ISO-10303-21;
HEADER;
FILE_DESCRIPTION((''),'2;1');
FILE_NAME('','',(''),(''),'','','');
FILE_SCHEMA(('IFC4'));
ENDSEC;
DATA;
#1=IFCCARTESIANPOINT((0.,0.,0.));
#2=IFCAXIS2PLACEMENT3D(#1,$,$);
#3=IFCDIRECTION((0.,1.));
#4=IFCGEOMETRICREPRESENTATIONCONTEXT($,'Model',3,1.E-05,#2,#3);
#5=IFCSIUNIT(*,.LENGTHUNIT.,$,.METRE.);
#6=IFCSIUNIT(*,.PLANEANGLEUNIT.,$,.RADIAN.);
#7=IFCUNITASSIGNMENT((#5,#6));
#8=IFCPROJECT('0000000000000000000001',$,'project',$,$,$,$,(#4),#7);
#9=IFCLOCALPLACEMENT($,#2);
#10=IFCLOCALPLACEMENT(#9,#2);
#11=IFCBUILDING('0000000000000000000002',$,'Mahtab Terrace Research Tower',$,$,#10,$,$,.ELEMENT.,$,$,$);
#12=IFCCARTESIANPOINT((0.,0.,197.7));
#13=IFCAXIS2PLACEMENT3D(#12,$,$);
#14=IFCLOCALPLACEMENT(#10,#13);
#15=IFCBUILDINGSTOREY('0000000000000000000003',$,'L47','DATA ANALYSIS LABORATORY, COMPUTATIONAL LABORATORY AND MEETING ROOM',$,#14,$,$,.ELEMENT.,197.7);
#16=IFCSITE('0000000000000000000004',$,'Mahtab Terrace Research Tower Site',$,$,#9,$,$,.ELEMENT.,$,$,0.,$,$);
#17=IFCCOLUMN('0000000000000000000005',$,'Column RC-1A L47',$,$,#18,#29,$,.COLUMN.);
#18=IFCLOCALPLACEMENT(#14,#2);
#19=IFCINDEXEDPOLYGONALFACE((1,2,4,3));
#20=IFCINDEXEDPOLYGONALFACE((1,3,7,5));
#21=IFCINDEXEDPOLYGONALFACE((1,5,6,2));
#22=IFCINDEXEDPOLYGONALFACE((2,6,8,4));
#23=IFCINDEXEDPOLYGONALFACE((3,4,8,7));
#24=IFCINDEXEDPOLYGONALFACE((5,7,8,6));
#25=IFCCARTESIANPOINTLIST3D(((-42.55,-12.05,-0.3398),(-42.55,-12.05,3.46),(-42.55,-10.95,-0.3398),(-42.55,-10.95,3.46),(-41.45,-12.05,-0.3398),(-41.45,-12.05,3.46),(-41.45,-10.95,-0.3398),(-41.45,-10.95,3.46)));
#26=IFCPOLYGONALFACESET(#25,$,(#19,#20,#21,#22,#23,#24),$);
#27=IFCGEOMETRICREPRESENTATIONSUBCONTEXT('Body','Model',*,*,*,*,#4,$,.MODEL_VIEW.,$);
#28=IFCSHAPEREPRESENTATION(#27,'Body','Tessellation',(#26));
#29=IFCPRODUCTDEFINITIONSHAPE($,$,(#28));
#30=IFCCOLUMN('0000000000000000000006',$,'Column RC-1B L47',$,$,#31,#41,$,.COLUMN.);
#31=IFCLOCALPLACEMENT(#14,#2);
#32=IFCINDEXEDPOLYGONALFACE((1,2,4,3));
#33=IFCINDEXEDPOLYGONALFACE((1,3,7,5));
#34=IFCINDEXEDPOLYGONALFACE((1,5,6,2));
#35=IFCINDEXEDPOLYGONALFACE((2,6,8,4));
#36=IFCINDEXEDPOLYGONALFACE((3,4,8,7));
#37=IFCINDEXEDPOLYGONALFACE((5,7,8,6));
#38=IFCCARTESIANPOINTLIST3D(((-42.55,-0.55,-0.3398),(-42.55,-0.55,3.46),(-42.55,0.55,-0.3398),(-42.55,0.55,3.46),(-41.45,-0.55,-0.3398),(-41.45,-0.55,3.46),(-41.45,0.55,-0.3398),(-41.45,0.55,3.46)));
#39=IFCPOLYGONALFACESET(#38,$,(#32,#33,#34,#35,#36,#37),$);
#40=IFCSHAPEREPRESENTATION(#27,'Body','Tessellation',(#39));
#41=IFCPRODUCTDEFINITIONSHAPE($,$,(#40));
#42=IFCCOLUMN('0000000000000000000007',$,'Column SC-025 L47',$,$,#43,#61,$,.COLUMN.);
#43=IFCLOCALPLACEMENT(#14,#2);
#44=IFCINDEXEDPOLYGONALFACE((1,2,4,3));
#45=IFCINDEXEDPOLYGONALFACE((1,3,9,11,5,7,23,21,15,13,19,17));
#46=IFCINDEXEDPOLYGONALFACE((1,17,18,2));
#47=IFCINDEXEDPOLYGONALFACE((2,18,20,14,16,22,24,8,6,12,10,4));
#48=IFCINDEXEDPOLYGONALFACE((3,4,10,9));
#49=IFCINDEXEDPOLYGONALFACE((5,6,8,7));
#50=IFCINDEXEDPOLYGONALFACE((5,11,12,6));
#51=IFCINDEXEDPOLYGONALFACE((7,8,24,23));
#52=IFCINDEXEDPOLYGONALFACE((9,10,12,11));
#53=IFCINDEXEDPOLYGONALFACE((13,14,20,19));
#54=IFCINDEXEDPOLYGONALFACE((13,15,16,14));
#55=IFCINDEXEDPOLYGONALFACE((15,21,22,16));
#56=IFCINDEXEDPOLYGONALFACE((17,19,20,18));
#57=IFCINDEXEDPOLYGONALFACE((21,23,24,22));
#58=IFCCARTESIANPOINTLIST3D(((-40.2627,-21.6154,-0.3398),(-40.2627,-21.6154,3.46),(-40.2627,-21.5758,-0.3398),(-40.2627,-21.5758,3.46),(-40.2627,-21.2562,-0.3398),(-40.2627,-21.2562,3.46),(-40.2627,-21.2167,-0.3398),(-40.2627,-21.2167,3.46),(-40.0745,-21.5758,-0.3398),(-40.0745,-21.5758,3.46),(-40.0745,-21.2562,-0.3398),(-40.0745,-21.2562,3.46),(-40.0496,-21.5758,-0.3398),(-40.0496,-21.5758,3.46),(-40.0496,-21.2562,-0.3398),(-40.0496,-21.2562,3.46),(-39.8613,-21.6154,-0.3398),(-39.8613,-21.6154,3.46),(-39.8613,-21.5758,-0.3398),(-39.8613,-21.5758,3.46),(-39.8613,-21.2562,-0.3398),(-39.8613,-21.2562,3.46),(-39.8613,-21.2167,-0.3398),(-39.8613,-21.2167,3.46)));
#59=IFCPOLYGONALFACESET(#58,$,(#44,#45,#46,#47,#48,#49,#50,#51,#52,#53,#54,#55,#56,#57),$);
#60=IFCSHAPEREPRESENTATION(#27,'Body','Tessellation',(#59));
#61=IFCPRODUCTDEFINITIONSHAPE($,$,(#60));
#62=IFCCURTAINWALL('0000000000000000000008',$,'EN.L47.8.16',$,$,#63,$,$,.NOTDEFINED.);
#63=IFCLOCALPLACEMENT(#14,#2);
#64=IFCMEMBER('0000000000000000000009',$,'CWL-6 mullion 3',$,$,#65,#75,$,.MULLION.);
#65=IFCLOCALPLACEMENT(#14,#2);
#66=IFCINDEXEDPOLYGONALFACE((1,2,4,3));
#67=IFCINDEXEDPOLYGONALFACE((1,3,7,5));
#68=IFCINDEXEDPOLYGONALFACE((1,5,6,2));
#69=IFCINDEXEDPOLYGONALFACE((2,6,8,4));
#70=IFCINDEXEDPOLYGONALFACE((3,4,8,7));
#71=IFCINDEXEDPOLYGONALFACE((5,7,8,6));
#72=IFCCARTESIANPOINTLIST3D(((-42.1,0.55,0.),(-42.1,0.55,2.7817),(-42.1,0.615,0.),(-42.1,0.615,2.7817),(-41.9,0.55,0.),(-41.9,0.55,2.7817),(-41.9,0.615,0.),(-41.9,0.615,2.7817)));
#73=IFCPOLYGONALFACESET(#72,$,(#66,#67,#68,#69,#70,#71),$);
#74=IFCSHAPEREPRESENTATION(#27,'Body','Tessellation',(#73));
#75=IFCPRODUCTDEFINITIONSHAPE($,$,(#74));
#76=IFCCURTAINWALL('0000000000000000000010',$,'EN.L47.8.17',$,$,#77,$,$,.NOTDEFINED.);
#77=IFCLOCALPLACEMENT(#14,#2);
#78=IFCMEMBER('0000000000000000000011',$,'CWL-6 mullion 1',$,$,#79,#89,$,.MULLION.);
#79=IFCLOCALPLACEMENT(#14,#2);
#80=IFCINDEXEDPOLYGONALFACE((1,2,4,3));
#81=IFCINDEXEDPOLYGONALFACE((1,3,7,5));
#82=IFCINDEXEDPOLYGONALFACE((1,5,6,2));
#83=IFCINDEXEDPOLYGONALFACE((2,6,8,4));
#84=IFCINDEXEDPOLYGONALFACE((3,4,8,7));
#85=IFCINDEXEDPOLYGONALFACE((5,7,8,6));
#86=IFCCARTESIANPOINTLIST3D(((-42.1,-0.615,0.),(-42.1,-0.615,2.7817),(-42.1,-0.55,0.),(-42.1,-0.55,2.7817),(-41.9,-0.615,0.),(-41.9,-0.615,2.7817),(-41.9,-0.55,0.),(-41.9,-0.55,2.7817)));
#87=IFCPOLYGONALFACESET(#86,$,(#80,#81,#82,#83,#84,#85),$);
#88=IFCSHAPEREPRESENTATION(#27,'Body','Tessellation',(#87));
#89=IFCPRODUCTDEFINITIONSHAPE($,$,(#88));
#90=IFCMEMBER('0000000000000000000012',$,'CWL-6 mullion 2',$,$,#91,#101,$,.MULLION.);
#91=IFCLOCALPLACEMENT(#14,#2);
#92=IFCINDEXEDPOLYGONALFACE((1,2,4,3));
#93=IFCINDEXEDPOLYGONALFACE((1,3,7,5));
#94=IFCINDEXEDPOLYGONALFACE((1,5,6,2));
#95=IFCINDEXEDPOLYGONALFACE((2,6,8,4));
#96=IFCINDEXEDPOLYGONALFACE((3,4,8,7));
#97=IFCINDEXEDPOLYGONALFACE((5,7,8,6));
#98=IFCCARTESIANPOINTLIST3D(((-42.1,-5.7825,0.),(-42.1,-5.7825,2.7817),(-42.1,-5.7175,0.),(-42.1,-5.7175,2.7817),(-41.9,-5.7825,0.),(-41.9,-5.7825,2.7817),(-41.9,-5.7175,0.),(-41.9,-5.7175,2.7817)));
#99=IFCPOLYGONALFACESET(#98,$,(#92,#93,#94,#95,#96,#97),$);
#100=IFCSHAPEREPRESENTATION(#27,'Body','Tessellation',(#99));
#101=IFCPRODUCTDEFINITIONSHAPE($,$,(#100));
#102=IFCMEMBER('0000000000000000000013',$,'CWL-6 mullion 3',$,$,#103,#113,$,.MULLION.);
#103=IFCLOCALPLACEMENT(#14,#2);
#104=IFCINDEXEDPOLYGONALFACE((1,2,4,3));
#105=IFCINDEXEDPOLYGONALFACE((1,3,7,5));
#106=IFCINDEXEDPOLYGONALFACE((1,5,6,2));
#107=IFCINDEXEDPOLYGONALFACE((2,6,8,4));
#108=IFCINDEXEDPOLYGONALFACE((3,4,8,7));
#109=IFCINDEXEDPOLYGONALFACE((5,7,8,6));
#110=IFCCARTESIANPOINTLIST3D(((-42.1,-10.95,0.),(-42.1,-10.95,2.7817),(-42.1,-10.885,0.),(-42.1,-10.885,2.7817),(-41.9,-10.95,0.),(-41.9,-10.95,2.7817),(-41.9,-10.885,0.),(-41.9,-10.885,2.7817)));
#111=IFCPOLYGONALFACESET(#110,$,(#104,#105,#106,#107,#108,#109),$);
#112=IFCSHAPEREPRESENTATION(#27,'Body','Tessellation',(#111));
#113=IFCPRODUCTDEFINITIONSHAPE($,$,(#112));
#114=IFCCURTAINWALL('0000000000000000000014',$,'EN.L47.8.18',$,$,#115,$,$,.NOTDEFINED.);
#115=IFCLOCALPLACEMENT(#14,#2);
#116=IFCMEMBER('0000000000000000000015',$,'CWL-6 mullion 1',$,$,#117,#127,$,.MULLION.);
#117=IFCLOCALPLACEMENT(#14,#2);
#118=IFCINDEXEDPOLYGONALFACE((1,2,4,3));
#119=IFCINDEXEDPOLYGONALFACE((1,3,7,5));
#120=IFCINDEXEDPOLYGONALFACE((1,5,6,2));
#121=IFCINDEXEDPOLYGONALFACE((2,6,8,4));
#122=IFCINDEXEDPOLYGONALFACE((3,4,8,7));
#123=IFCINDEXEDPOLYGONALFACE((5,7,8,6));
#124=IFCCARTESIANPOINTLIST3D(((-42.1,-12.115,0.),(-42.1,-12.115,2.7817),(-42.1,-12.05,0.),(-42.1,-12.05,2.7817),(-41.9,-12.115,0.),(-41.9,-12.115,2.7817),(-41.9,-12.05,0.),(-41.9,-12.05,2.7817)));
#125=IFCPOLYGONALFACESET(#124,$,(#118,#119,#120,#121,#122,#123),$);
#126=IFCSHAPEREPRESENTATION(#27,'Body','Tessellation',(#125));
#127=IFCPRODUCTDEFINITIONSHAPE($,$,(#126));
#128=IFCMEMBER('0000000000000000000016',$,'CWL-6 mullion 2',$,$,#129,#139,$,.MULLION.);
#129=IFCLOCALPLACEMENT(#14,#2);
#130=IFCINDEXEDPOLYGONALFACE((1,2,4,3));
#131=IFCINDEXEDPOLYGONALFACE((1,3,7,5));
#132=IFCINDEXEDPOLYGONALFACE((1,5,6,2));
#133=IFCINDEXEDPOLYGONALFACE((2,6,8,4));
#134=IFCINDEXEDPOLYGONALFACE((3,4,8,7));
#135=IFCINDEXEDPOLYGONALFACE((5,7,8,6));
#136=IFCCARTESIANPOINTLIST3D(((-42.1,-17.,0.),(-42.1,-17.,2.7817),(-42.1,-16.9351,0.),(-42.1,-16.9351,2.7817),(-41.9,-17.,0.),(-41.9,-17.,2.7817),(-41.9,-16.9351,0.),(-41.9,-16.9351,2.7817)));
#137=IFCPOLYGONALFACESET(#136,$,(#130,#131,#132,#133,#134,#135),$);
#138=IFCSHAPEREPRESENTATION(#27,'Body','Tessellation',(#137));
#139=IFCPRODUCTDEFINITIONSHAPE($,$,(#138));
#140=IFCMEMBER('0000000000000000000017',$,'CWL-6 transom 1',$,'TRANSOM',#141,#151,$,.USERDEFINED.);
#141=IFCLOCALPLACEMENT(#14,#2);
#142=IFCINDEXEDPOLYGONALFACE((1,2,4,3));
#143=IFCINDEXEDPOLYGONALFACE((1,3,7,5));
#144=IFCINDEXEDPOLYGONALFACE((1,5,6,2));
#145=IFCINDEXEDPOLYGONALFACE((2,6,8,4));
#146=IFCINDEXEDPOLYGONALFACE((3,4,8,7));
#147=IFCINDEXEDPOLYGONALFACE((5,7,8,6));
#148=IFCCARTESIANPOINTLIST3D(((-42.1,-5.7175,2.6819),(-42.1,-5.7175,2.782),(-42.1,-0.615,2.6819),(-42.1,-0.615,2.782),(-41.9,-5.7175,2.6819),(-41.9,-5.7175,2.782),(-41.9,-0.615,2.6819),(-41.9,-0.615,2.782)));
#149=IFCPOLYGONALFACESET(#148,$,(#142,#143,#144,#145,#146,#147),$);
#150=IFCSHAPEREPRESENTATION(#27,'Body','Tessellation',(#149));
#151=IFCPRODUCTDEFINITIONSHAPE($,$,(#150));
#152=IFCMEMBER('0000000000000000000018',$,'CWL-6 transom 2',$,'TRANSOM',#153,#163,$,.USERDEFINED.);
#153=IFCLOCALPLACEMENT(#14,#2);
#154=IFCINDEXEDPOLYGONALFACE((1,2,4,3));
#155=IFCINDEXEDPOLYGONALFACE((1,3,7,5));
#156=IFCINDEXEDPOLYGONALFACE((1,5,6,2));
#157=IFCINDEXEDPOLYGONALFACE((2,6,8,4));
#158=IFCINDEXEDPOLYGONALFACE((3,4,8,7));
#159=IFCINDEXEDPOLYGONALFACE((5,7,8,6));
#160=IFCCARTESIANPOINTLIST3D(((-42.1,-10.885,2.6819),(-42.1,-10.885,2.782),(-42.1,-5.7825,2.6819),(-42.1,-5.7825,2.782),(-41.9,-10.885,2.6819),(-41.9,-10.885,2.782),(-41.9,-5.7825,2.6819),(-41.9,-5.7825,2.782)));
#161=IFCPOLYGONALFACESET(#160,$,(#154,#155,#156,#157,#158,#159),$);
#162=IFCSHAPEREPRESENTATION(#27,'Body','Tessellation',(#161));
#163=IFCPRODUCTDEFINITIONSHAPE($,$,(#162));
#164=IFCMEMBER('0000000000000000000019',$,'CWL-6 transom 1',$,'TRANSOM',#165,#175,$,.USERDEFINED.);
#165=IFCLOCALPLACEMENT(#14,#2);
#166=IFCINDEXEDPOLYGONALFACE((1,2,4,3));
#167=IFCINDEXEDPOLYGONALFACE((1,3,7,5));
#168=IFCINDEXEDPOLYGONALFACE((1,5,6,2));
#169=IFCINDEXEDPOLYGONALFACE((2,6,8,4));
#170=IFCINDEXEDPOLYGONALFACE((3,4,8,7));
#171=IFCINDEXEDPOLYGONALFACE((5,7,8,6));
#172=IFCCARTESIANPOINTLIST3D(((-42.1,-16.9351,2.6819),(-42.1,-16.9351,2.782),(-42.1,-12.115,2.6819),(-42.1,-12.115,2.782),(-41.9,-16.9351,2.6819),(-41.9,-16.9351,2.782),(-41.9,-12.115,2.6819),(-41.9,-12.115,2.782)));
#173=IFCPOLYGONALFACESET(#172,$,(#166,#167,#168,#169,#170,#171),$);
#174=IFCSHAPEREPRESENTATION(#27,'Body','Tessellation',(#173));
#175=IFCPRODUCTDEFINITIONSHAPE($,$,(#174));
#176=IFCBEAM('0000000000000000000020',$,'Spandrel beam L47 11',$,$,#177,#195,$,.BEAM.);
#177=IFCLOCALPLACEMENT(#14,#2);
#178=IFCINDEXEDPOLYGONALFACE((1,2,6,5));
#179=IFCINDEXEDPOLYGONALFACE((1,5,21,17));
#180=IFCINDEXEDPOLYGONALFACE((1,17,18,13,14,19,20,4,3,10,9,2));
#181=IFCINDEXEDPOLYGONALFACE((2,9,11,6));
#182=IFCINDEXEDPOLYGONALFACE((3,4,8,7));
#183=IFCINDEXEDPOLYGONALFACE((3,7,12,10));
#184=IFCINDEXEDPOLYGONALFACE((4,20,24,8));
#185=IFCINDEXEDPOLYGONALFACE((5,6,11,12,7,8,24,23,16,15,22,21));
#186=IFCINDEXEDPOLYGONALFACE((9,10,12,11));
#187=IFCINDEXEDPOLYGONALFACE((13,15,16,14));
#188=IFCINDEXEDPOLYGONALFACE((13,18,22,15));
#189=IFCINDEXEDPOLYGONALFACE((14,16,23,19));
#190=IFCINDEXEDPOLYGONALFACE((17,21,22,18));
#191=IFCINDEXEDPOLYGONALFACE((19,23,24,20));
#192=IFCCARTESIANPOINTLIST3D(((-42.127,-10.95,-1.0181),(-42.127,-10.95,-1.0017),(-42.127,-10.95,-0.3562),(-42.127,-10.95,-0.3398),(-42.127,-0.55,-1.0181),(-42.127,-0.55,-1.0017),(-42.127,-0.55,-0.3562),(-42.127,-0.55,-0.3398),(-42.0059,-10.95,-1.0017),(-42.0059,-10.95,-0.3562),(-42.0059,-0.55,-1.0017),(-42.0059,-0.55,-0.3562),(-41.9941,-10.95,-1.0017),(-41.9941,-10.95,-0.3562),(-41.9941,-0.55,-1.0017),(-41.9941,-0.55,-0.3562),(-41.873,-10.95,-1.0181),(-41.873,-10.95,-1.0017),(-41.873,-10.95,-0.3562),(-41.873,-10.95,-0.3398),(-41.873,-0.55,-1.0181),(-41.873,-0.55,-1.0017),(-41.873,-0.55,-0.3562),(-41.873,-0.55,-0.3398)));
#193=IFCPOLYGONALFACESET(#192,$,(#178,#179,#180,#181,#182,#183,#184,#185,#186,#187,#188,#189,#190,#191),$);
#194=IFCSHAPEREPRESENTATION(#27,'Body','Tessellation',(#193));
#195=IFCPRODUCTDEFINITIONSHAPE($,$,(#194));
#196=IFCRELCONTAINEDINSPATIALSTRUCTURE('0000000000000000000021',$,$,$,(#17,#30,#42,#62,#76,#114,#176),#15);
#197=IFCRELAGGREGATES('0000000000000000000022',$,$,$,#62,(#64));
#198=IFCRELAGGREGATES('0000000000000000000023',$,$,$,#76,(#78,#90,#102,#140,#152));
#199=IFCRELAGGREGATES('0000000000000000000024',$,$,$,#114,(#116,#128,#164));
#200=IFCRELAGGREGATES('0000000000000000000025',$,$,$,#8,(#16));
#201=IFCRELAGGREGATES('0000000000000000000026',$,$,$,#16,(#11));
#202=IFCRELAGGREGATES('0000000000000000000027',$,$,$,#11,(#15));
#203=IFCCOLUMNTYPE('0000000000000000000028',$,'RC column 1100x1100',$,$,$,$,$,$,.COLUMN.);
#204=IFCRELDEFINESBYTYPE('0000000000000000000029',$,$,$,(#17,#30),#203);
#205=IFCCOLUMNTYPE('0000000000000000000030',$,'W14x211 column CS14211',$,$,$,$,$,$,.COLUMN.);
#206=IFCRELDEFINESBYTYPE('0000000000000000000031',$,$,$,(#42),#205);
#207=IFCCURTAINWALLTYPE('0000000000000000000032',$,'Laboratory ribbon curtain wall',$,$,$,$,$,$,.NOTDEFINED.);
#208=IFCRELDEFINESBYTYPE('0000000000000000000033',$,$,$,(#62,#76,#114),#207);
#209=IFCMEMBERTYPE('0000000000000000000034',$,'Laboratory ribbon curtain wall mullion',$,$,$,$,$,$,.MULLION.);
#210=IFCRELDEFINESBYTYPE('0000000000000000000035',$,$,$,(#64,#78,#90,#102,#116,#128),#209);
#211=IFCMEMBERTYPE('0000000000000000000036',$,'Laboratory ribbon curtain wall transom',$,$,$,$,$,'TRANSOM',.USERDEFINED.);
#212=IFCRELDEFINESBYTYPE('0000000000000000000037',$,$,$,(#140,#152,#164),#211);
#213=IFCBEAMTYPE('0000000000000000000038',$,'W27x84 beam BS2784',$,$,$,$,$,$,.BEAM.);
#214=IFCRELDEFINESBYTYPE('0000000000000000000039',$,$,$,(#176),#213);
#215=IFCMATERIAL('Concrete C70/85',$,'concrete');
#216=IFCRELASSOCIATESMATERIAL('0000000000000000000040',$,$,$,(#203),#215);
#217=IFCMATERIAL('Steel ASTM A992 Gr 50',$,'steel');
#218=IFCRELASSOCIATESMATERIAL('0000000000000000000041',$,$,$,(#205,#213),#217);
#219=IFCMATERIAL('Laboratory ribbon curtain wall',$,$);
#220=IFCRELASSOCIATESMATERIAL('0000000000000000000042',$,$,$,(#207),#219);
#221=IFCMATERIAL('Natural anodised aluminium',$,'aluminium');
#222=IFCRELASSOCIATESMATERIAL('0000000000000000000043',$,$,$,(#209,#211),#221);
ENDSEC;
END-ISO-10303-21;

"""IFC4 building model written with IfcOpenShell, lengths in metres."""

from ifc_helpers import new_model, si_unit, direction, frame, origin, origin_2d, place, context, subcontext, project, spatial, rectangle, i_section, extrude, material, material_profile, profile_set, type_object, element, aggregate, save


model = new_model("IFC4")

# Units and contexts
model_context = context("Model", 3, precision=1e-05, world=origin(), true_north=direction((0.0, 1.0)))
body_context = subcontext(model_context, "Body", "Model", "MODEL_VIEW")
ifc_project = project(units=[si_unit("LENGTHUNIT", "METRE"), si_unit("PLANEANGLEUNIT", "RADIAN")], contexts=[model_context])

# Site, building, storey
site_placement = place(None, origin())
site = spatial("IfcSite", under=ifc_project, at=site_placement, Name="Mahtab Terrace Research Tower Site", CompositionType="ELEMENT", RefElevation=0.0)
building_placement = place(site_placement, origin())
building = spatial("IfcBuilding", under=site, at=building_placement, Name="Mahtab Terrace Research Tower", CompositionType="ELEMENT")
storey_placement = place(building_placement, frame((0.0, 0.0, 197.7)))
storey = spatial("IfcBuildingStorey", under=building, at=storey_placement, Name="L47", Description="DATA ANALYSIS LABORATORY, COMPUTATIONAL LABORATORY AND MEETING ROOM", CompositionType="ELEMENT", Elevation=197.7)

# Columns
ifc_material_1 = material(Name="Concrete C70/85", Category="concrete")
ifc_material_profile_1 = material_profile(ifc_material_1, rectangle(XDim=1.1001, YDim=1.1001, at=origin_2d()), Name="RC column 1100x1100")
ifc_profile_set_1 = profile_set([ifc_material_profile_1], Name="Concrete C70/85")
column_type_1 = type_object("IfcColumnType", Name="RC column 1100x1100", PredefinedType="COLUMN", material=ifc_profile_set_1)
for number, where, z_axis, x_axis, name in (
    (1, (-42.0, -11.5, -0.3398), (0.0, 0.0, 1.0), (1.0, 0.0, 0.0), "Column RC-1A L47"),
    (2, (-42.0, 0.0, -0.3398), (0.0, 0.0, 1.0), (1.0, 0.0, 0.0), "Column RC-1B L47"),
):
    element("IfcColumn", number, at=place(storey_placement, frame(where, z_axis=z_axis, x_axis=x_axis)), inside=storey, type_object=column_type_1, Name=name, PredefinedType="COLUMN", context=body_context, shape_type="SweptSolid", body=[
        extrude(rectangle(XDim=1.1001, YDim=1.1001, at=origin_2d()), origin(), (0.0, 0.0, 1.0), 3.7998),
    ])
ifc_material_2 = material(Name="Steel ASTM A992 Gr 50", Category="steel")
ifc_material_profile_2 = material_profile(ifc_material_2, i_section(OverallWidth=0.4014, OverallDepth=0.3987, WebThickness=0.0249, FlangeThickness=0.0396, at=origin_2d()), Name="W14X211")
ifc_profile_set_2 = profile_set([ifc_material_profile_2], Name="Steel ASTM A992 Gr 50")
column_type_2 = type_object("IfcColumnType", Name="W14x211 column CS14211", PredefinedType="COLUMN", material=ifc_profile_set_2)
column_placement = place(storey_placement, frame((-40.062, -21.416, -0.3398), z_axis=(0.0, 0.0, 1.0), x_axis=(1.0, 0.0, 0.0)))
element("IfcColumn", 3, at=column_placement, inside=storey, type_object=column_type_2, Name="Column SC-025 L47", PredefinedType="COLUMN", context=body_context, shape_type="SweptSolid", body=[
    extrude(i_section(OverallWidth=0.4014, OverallDepth=0.3987, WebThickness=0.0249, FlangeThickness=0.0396, at=origin_2d()), origin(), (0.0, 0.0, 1.0), 3.7998),
])

# Curtain wall, member
ifc_material_3 = material(Name="Laboratory ribbon curtain wall")
curtain_wall_type = type_object("IfcCurtainWallType", Name="Laboratory ribbon curtain wall", PredefinedType="NOTDEFINED", material=ifc_material_3)
curtain_wall_1_placement = place(storey_placement, origin())
curtain_wall_1 = element("IfcCurtainWall", 4, at=curtain_wall_1_placement, inside=storey, type_object=curtain_wall_type, Name="EN.L47.8.16", PredefinedType="NOTDEFINED")
ifc_material_4 = material(Name="Natural anodised aluminium", Category="aluminium")
ifc_material_profile_3 = material_profile(ifc_material_4, rectangle(XDim=0.2, YDim=0.0649, at=origin_2d()), Name="MULLION 65x200")
ifc_profile_set_3 = profile_set([ifc_material_profile_3], Name="Natural anodised aluminium")
member_type_1 = type_object("IfcMemberType", Name="Laboratory ribbon curtain wall mullion", PredefinedType="MULLION", material=ifc_profile_set_3)
member_1_placement = place(storey_placement, frame((-42.0, 0.5825, 0.0), z_axis=(0.0, 0.0, 1.0), x_axis=(1.0, 0.0, 0.0)))
member_1 = element("IfcMember", 5, at=member_1_placement, type_object=member_type_1, Name="CWL-6 mullion 3", PredefinedType="MULLION", context=body_context, shape_type="SweptSolid", body=[
    extrude(rectangle(XDim=0.2, YDim=0.0649, at=origin_2d()), origin(), (0.0, 0.0, 1.0), 2.7817),
])
aggregate(curtain_wall_1, [member_1])

# Curtain walls, members
curtain_wall_2_placement = place(storey_placement, origin())
curtain_wall_2 = element("IfcCurtainWall", 6, at=curtain_wall_2_placement, inside=storey, type_object=curtain_wall_type, Name="EN.L47.8.17", PredefinedType="NOTDEFINED")
member_2_placement = place(storey_placement, frame((-42.0, -0.5825, 0.0), z_axis=(0.0, 0.0, 1.0), x_axis=(1.0, 0.0, 0.0)))
member_2 = element("IfcMember", 7, at=member_2_placement, type_object=member_type_1, Name="CWL-6 mullion 1", PredefinedType="MULLION", context=body_context, shape_type="SweptSolid", body=[
    extrude(rectangle(XDim=0.2, YDim=0.0649, at=origin_2d()), origin(), (0.0, 0.0, 1.0), 2.7817),
])
member_3_placement = place(storey_placement, frame((-42.0, -5.75, 0.0), z_axis=(0.0, 0.0, 1.0), x_axis=(1.0, 0.0, 0.0)))
member_3 = element("IfcMember", 8, at=member_3_placement, type_object=member_type_1, Name="CWL-6 mullion 2", PredefinedType="MULLION", context=body_context, shape_type="SweptSolid", body=[
    extrude(rectangle(XDim=0.2, YDim=0.0649, at=origin_2d()), origin(), (0.0, 0.0, 1.0), 2.7817),
])
member_4_placement = place(storey_placement, frame((-42.0, -10.9175, 0.0), z_axis=(0.0, 0.0, 1.0), x_axis=(1.0, 0.0, 0.0)))
member_4 = element("IfcMember", 9, at=member_4_placement, type_object=member_type_1, Name="CWL-6 mullion 3", PredefinedType="MULLION", context=body_context, shape_type="SweptSolid", body=[
    extrude(rectangle(XDim=0.2, YDim=0.0649, at=origin_2d()), origin(), (0.0, 0.0, 1.0), 2.7817),
])
curtain_wall_3_placement = place(storey_placement, origin())
curtain_wall_3 = element("IfcCurtainWall", 10, at=curtain_wall_3_placement, inside=storey, type_object=curtain_wall_type, Name="EN.L47.8.18", PredefinedType="NOTDEFINED")
member_5_placement = place(storey_placement, frame((-42.0, -12.0825, 0.0), z_axis=(0.0, 0.0, 1.0), x_axis=(1.0, 0.0, 0.0)))
member_5 = element("IfcMember", 11, at=member_5_placement, type_object=member_type_1, Name="CWL-6 mullion 1", PredefinedType="MULLION", context=body_context, shape_type="SweptSolid", body=[
    extrude(rectangle(XDim=0.2, YDim=0.0649, at=origin_2d()), origin(), (0.0, 0.0, 1.0), 2.7817),
])
member_6_placement = place(storey_placement, frame((-42.0, -16.9675, 0.0), z_axis=(0.0, 0.0, 1.0), x_axis=(1.0, 0.0, 0.0)))
member_6 = element("IfcMember", 12, at=member_6_placement, type_object=member_type_1, Name="CWL-6 mullion 2", PredefinedType="MULLION", context=body_context, shape_type="SweptSolid", body=[
    extrude(rectangle(XDim=0.2, YDim=0.0649, at=origin_2d()), origin(), (0.0, 0.0, 1.0), 2.7817),
])

# Members
ifc_material_profile_4 = material_profile(ifc_material_4, rectangle(XDim=0.2, YDim=0.1001, at=origin_2d()), Name="TRANSOM 100x200")
ifc_profile_set_4 = profile_set([ifc_material_profile_4], Name="Natural anodised aluminium")
member_type_2 = type_object("IfcMemberType", Name="Laboratory ribbon curtain wall transom", ElementType="TRANSOM", PredefinedType="USERDEFINED", material=ifc_profile_set_4)
member_7_placement = place(storey_placement, frame((-42.0, -0.615, 2.7319), z_axis=(0.0, -1.0, 0.0), x_axis=(1.0, 0.0, 0.0)))
member_7 = element("IfcMember", 13, at=member_7_placement, type_object=member_type_2, Name="CWL-6 transom 1", ObjectType="TRANSOM", PredefinedType="USERDEFINED", context=body_context, shape_type="SweptSolid", body=[
    extrude(rectangle(XDim=0.2, YDim=0.1001, at=origin_2d()), origin(), (0.0, 0.0, 1.0), 5.1025),
])
member_8_placement = place(storey_placement, frame((-42.0, -5.7825, 2.7319), z_axis=(0.0, -1.0, 0.0), x_axis=(1.0, 0.0, 0.0)))
member_8 = element("IfcMember", 14, at=member_8_placement, type_object=member_type_2, Name="CWL-6 transom 2", ObjectType="TRANSOM", PredefinedType="USERDEFINED", context=body_context, shape_type="SweptSolid", body=[
    extrude(rectangle(XDim=0.2, YDim=0.1001, at=origin_2d()), origin(), (0.0, 0.0, 1.0), 5.1025),
])
member_9_placement = place(storey_placement, frame((-42.0, -12.115, 2.7319), z_axis=(0.0, -1.0, 0.0), x_axis=(1.0, 0.0, 0.0)))
member_9 = element("IfcMember", 15, at=member_9_placement, type_object=member_type_2, Name="CWL-6 transom 1", ObjectType="TRANSOM", PredefinedType="USERDEFINED", context=body_context, shape_type="SweptSolid", body=[
    extrude(rectangle(XDim=0.2, YDim=0.1001, at=origin_2d()), origin(), (0.0, 0.0, 1.0), 4.8201),
])

# Beam
ifc_material_profile_5 = material_profile(ifc_material_2, i_section(OverallWidth=0.2539, OverallDepth=0.6782, WebThickness=0.0117, FlangeThickness=0.0164, at=origin_2d()), Name="W27X84")
ifc_profile_set_5 = profile_set([ifc_material_profile_5], Name="Steel ASTM A992 Gr 50")
beam_type = type_object("IfcBeamType", Name="W27x84 beam BS2784", PredefinedType="BEAM", material=ifc_profile_set_5)
beam_1_placement = place(storey_placement, frame((-42.0, -0.55, -0.679), z_axis=(0.0, -1.0, 0.0), x_axis=(1.0, 0.0, 0.0)))
element("IfcBeam", 16, at=beam_1_placement, inside=storey, type_object=beam_type, Name="Spandrel beam L47 11", PredefinedType="BEAM", context=body_context, shape_type="SweptSolid", body=[
    extrude(i_section(OverallWidth=0.2539, OverallDepth=0.6782, WebThickness=0.0117, FlangeThickness=0.0164, at=origin_2d()), origin(), (0.0, 0.0, 1.0), 10.3999),
])

aggregate(curtain_wall_2, [member_2, member_3, member_4, member_7, member_8])
aggregate(curtain_wall_3, [member_5, member_6, member_9])

save(model, "model.ifc")
